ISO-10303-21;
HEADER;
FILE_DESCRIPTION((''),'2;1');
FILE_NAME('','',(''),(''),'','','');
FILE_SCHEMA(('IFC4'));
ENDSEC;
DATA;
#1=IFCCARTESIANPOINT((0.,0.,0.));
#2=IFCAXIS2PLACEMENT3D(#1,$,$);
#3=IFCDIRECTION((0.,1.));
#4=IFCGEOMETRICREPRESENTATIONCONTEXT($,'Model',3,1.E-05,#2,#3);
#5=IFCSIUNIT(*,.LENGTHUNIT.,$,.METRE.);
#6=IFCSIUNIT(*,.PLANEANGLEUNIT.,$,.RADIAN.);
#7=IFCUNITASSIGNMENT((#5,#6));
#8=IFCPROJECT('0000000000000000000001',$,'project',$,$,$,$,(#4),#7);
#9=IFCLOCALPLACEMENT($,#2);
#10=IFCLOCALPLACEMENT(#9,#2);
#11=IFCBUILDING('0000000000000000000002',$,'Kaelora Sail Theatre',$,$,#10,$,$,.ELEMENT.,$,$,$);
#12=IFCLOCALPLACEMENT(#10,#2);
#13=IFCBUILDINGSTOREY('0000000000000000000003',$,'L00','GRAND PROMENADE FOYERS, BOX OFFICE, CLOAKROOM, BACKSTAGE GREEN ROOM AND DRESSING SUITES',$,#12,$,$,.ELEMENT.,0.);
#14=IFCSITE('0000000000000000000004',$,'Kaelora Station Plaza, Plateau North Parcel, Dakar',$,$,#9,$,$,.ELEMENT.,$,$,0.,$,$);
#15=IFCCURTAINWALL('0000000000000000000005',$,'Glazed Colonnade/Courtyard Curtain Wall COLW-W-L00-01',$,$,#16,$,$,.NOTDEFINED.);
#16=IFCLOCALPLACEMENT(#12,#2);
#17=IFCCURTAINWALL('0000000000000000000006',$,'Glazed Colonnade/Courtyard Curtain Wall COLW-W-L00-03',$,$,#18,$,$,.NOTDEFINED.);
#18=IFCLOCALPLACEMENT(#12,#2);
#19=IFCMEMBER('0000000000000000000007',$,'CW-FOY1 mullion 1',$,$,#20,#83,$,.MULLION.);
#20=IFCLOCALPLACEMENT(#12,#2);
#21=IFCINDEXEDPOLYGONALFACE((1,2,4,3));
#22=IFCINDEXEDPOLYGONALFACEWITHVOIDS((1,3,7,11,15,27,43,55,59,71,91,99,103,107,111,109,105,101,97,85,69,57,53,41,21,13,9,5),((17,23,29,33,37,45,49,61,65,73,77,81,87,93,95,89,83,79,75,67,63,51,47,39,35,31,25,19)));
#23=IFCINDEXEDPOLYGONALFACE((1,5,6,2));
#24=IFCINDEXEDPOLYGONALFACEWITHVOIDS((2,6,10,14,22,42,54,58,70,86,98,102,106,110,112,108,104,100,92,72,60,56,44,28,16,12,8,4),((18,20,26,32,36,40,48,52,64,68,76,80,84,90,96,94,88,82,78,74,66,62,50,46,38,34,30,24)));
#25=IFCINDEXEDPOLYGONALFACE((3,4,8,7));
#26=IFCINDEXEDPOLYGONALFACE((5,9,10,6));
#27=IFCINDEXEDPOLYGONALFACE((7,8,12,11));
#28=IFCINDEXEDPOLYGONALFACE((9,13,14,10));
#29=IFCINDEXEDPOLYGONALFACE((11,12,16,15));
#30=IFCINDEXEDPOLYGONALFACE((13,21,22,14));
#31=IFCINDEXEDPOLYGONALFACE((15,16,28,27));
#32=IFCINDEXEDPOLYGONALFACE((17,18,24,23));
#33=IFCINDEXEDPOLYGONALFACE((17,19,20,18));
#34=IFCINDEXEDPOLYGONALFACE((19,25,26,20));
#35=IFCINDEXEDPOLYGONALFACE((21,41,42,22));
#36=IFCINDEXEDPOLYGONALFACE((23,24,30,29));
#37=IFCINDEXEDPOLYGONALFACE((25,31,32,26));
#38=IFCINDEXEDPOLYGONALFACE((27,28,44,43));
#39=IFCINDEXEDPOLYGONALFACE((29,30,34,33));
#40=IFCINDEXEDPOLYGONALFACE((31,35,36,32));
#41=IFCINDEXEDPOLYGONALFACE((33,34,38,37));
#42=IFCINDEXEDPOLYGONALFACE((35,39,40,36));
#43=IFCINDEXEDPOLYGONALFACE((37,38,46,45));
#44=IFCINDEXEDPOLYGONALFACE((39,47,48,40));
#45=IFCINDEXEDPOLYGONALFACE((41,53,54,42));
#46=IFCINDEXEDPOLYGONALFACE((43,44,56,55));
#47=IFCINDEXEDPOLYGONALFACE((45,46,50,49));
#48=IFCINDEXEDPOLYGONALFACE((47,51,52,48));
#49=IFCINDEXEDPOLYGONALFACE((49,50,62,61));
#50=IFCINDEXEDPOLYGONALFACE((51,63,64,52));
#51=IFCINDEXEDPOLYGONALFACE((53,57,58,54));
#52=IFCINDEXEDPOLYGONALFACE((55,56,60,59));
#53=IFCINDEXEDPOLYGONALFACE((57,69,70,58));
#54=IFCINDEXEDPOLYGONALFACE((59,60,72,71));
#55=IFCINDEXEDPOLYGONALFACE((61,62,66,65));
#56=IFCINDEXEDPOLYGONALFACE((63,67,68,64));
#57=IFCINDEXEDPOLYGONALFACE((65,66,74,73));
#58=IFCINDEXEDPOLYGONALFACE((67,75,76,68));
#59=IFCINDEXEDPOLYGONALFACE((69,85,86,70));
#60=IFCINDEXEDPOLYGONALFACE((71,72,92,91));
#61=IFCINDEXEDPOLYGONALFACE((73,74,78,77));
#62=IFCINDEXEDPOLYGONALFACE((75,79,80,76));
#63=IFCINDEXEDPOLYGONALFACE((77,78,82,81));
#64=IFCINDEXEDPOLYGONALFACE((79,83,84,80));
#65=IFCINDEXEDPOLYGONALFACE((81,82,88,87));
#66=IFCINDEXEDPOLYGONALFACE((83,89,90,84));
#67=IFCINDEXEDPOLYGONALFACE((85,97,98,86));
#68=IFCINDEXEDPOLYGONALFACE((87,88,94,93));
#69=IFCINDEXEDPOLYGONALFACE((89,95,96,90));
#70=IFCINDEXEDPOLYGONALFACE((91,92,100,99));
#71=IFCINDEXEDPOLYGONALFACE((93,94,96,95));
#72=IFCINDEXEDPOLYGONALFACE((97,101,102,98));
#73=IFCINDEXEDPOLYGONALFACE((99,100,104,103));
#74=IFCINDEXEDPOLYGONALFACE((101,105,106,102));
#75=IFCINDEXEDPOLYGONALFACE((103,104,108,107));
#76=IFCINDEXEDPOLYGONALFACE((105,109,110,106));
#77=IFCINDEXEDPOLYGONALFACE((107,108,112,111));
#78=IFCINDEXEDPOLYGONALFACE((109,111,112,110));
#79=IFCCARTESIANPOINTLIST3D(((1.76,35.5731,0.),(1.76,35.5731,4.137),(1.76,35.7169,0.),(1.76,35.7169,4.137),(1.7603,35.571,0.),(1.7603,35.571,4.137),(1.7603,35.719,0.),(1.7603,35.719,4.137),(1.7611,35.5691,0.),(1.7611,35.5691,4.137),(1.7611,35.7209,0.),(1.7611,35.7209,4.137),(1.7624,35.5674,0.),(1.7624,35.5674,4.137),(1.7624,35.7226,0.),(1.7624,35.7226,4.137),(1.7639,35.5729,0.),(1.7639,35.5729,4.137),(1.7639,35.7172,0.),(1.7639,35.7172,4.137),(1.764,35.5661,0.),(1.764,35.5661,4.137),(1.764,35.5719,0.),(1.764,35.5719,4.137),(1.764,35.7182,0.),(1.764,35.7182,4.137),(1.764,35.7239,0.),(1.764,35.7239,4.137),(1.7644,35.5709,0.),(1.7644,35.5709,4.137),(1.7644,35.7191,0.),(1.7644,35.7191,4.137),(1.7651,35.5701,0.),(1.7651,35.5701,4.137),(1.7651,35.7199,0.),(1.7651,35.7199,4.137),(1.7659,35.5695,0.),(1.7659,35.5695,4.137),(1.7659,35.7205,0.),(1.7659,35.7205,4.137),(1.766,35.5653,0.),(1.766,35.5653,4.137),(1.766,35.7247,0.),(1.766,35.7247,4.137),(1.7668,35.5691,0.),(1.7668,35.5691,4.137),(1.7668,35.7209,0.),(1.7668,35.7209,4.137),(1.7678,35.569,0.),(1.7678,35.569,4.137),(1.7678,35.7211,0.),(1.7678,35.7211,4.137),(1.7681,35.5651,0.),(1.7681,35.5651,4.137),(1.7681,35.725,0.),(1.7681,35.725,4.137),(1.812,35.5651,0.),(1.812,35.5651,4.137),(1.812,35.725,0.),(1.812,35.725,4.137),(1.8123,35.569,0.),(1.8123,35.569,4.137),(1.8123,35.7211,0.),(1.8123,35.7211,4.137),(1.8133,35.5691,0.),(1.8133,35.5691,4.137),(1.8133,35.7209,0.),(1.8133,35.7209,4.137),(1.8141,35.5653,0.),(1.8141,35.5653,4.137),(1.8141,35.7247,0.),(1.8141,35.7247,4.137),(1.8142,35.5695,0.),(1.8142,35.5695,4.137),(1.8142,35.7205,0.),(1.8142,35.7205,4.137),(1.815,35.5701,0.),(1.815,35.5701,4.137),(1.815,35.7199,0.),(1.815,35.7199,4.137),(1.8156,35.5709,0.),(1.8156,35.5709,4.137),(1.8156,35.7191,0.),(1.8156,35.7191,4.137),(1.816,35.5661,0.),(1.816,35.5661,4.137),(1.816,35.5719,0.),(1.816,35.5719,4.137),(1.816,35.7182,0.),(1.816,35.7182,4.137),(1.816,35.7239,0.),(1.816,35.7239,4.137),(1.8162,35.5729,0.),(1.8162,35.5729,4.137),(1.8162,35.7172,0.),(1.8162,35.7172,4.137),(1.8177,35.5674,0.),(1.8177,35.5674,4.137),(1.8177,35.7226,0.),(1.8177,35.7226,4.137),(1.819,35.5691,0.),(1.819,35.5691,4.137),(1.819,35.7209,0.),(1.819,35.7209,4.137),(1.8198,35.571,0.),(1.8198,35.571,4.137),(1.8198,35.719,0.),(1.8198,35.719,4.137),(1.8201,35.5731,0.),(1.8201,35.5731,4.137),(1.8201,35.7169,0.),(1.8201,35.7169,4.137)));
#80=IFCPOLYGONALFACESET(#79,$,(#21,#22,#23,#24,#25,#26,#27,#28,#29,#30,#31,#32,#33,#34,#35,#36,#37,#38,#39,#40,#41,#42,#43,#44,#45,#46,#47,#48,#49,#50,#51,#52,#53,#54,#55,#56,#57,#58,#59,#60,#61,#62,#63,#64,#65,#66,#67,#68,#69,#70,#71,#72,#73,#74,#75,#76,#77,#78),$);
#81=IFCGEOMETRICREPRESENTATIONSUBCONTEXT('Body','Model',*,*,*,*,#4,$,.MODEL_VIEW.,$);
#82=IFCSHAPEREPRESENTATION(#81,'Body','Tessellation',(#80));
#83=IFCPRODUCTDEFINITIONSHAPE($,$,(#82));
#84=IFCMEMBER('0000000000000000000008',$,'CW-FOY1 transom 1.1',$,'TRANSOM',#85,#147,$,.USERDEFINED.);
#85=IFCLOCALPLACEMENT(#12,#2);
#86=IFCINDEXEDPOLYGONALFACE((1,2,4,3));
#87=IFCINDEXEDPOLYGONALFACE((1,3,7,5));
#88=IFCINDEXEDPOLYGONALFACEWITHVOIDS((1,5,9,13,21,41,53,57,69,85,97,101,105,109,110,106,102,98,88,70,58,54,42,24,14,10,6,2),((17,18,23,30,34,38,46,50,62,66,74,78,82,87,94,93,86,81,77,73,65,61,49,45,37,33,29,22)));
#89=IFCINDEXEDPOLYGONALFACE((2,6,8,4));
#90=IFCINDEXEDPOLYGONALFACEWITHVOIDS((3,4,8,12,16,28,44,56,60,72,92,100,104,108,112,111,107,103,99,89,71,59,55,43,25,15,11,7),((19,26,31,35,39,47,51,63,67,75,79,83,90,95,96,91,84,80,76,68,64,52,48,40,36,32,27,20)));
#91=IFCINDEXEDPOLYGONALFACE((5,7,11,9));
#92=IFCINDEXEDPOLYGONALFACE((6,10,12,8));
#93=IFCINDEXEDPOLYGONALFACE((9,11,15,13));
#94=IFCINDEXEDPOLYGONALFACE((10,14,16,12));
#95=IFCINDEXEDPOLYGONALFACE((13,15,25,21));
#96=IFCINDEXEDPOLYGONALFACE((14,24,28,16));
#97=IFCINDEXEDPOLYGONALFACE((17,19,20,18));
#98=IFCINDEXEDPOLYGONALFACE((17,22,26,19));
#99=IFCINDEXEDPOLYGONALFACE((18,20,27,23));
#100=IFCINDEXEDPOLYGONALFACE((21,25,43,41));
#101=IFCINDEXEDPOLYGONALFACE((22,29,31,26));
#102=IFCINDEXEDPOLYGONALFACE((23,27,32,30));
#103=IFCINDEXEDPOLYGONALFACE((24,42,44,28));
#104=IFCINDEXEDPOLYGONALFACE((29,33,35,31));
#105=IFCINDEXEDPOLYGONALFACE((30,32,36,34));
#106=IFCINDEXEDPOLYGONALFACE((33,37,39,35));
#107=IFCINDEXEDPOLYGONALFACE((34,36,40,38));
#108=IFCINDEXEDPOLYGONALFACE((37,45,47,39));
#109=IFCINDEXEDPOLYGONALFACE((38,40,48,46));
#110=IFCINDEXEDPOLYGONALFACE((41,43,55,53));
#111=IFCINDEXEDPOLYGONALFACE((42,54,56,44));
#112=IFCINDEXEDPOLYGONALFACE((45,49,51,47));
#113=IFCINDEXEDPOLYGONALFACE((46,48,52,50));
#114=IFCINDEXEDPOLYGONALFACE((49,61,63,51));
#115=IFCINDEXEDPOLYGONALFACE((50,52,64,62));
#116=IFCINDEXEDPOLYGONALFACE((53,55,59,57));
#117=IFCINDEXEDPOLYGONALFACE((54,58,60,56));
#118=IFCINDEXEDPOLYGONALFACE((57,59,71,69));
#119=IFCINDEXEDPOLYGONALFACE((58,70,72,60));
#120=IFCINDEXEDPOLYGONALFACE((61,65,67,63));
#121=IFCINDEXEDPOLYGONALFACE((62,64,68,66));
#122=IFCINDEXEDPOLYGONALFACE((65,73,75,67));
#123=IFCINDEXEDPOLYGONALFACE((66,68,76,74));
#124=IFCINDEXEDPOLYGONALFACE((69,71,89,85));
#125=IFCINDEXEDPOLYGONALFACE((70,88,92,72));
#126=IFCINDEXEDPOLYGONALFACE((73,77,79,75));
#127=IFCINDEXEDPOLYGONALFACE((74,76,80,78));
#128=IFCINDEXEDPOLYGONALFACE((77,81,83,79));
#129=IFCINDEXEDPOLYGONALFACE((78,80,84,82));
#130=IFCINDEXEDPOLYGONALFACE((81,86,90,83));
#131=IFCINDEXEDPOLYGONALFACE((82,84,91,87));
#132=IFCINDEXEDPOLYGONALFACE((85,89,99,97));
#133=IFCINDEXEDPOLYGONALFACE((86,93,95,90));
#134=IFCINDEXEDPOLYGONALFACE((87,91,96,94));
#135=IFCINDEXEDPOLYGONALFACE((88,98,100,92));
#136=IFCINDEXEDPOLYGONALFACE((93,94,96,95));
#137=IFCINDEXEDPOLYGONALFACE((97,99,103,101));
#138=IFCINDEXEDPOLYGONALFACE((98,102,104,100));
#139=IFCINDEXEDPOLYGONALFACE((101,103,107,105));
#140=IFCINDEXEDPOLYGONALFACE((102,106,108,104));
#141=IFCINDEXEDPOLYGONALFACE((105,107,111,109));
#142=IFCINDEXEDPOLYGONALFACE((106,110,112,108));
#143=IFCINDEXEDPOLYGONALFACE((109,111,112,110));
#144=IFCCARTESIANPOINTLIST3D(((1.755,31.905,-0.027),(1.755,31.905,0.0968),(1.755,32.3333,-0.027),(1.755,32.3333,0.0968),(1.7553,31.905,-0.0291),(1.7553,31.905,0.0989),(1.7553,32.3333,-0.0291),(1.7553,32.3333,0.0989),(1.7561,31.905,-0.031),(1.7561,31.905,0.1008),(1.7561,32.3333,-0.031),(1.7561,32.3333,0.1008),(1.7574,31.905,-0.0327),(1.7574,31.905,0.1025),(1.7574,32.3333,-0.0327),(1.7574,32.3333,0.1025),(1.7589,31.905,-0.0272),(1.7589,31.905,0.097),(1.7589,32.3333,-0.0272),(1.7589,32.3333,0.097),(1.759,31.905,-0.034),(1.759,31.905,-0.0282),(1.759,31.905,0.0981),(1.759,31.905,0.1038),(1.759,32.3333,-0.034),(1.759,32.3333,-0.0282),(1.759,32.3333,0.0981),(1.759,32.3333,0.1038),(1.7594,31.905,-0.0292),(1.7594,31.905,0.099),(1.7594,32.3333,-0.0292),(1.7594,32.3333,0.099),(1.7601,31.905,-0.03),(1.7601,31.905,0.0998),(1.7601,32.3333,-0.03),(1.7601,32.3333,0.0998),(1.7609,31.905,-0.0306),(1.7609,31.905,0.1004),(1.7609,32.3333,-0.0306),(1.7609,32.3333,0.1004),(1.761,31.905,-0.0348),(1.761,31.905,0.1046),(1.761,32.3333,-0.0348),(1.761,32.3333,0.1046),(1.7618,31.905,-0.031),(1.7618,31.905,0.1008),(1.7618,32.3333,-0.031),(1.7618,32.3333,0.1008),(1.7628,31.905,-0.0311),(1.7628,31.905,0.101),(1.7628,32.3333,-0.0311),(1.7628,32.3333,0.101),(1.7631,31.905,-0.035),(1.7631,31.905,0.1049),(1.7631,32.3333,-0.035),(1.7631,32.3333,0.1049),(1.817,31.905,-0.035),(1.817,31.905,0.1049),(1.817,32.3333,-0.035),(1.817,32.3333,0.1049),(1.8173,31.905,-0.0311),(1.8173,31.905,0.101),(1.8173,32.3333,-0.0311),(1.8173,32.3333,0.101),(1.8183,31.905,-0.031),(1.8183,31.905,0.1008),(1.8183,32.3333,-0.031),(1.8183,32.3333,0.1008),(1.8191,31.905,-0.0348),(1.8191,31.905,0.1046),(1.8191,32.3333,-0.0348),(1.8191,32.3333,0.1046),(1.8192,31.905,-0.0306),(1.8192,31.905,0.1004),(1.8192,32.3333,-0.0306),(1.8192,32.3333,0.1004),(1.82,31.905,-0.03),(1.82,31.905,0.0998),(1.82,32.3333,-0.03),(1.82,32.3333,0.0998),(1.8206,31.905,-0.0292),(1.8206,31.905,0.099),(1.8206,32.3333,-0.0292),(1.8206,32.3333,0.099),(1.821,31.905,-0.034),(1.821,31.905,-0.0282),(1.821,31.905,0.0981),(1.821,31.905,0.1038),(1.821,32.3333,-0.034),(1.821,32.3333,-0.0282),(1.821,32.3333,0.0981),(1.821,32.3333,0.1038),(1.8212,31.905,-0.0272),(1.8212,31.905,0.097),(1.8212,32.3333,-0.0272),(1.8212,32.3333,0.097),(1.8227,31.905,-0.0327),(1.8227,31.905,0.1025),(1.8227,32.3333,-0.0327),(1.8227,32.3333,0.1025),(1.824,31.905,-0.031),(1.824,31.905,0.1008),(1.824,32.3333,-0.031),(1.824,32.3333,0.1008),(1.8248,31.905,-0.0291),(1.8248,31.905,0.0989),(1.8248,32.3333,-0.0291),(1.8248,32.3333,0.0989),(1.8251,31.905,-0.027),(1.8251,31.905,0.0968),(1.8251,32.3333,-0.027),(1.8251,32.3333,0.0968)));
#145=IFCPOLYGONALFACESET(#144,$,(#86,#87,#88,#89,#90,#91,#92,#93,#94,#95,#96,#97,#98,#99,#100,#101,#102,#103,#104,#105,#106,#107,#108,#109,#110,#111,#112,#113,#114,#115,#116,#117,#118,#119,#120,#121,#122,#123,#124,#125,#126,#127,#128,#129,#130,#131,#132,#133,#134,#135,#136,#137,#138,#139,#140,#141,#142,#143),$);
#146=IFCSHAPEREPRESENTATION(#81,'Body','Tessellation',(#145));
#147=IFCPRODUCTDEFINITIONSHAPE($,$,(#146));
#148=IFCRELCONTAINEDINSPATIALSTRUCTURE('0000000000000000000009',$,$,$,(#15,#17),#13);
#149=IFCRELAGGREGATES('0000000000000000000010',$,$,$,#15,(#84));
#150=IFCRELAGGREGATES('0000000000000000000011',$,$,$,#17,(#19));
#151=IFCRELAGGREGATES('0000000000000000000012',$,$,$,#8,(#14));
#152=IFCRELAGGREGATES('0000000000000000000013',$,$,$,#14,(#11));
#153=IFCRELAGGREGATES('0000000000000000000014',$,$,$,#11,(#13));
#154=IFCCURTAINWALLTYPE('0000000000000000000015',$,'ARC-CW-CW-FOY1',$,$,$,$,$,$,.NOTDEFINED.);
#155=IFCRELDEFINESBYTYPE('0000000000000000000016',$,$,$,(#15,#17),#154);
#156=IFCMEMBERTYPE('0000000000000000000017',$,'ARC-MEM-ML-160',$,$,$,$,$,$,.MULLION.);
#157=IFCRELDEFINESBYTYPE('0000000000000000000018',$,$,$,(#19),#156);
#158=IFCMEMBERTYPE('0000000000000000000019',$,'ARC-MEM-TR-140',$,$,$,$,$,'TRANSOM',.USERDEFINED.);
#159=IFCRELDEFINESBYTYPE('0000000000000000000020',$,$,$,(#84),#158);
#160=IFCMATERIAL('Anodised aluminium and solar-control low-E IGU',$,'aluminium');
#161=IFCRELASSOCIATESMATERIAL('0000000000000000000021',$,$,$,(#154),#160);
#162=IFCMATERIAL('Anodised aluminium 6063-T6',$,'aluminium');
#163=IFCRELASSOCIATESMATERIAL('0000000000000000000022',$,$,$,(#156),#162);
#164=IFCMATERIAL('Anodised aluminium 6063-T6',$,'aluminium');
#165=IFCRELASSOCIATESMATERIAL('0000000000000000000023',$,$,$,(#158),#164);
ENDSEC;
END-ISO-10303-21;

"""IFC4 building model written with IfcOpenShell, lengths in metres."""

from ifc_helpers import new_model, si_unit, direction, frame, origin, origin_2d, place, context, subcontext, project, spatial, hollow_rectangle, extrude, material, material_profile, profile_set, type_object, element, aggregate, save


model = new_model("IFC4")

# Units and contexts
model_context = context("Model", 3, precision=1e-05, world=origin(), true_north=direction((0.0, 1.0)))
body_context = subcontext(model_context, "Body", "Model", "MODEL_VIEW")
ifc_project = project(units=[si_unit("LENGTHUNIT", "METRE"), si_unit("PLANEANGLEUNIT", "RADIAN")], contexts=[model_context])

# Site, building, storey
site_placement = place(None, origin())
site = spatial("IfcSite", under=ifc_project, at=site_placement, Name="Kaelora Station Plaza, Plateau North Parcel, Dakar", CompositionType="ELEMENT", RefElevation=0.0)
building_placement = place(site_placement, origin())
building = spatial("IfcBuilding", under=site, at=building_placement, Name="Kaelora Sail Theatre", CompositionType="ELEMENT")
storey_placement = place(building_placement, origin())
storey = spatial("IfcBuildingStorey", under=building, at=storey_placement, Name="L00", Description="GRAND PROMENADE FOYERS, BOX OFFICE, CLOAKROOM, BACKSTAGE GREEN ROOM AND DRESSING SUITES", CompositionType="ELEMENT", Elevation=0.0)

# Curtain wall
ifc_material_1 = material(Name="Anodised aluminium and solar-control low-E IGU", Category="aluminium")
curtain_wall_type = type_object("IfcCurtainWallType", Name="ARC-CW-CW-FOY1", PredefinedType="NOTDEFINED", material=ifc_material_1)
curtain_wall_1_placement = place(storey_placement, origin())
curtain_wall_1 = element("IfcCurtainWall", 1, at=curtain_wall_1_placement, inside=storey, type_object=curtain_wall_type, Name="Glazed Colonnade/Courtyard Curtain Wall COLW-W-L00-01", PredefinedType="NOTDEFINED")
ifc_material_2 = material(Name="Anodised aluminium 6063-T6", Category="aluminium")
ifc_material_profile_1 = material_profile(ifc_material_2, hollow_rectangle(XDim=0.0601, YDim=0.1599, WallThickness=0.0039, InnerFilletRadius=0.0039, OuterFilletRadius=0.0081, at=origin_2d()), Name="ALU-MULL 60x160x4")
ifc_profile_set_1 = profile_set([ifc_material_profile_1], Name="Anodised aluminium 6063-T6")
member_type_1 = type_object("IfcMemberType", Name="ARC-MEM-ML-160", PredefinedType="MULLION", material=ifc_profile_set_1)

# Curtain wall, member
curtain_wall_2_placement = place(storey_placement, origin())
curtain_wall_2 = element("IfcCurtainWall", 2, at=curtain_wall_2_placement, inside=storey, type_object=curtain_wall_type, Name="Glazed Colonnade/Courtyard Curtain Wall COLW-W-L00-03", PredefinedType="NOTDEFINED")
member_1_placement = place(storey_placement, frame((1.79, 35.645, 0.0), z_axis=(0.0, 0.0, 1.0), x_axis=(-1.0, 0.0, 0.0)))
member_1 = element("IfcMember", 3, at=member_1_placement, type_object=member_type_1, Name="CW-FOY1 mullion 1", PredefinedType="MULLION", context=body_context, shape_type="SweptSolid", body=[
    extrude(hollow_rectangle(XDim=0.0601, YDim=0.1599, WallThickness=0.0039, InnerFilletRadius=0.0039, OuterFilletRadius=0.0081, at=origin_2d()), origin(), (0.0, 0.0, 1.0), 4.137),
])

# Member
ifc_material_3 = material(Name="Anodised aluminium 6063-T6", Category="aluminium")
ifc_material_profile_2 = material_profile(ifc_material_3, hollow_rectangle(XDim=0.0701, YDim=0.1399, WallThickness=0.0039, InnerFilletRadius=0.0039, OuterFilletRadius=0.0081, at=origin_2d()), Name="ALU-TRAN 70x140x4")
ifc_profile_set_2 = profile_set([ifc_material_profile_2], Name="Anodised aluminium 6063-T6")
member_type_2 = type_object("IfcMemberType", Name="ARC-MEM-TR-140", ElementType="TRANSOM", PredefinedType="USERDEFINED", material=ifc_profile_set_2)
member_2_placement = place(storey_placement, frame((1.79, 31.905, 0.0349), z_axis=(0.0, 1.0, 0.0), x_axis=(-1.0, 0.0, 0.0)))
member_2 = element("IfcMember", 4, at=member_2_placement, type_object=member_type_2, Name="CW-FOY1 transom 1.1", ObjectType="TRANSOM", PredefinedType="USERDEFINED", context=body_context, shape_type="SweptSolid", body=[
    extrude(hollow_rectangle(XDim=0.0701, YDim=0.1399, WallThickness=0.0039, InnerFilletRadius=0.0039, OuterFilletRadius=0.0081, at=origin_2d()), origin(), (0.0, 0.0, 1.0), 0.4282),
])

aggregate(curtain_wall_1, [member_2])
aggregate(curtain_wall_2, [member_1])

save(model, "model.ifc")
